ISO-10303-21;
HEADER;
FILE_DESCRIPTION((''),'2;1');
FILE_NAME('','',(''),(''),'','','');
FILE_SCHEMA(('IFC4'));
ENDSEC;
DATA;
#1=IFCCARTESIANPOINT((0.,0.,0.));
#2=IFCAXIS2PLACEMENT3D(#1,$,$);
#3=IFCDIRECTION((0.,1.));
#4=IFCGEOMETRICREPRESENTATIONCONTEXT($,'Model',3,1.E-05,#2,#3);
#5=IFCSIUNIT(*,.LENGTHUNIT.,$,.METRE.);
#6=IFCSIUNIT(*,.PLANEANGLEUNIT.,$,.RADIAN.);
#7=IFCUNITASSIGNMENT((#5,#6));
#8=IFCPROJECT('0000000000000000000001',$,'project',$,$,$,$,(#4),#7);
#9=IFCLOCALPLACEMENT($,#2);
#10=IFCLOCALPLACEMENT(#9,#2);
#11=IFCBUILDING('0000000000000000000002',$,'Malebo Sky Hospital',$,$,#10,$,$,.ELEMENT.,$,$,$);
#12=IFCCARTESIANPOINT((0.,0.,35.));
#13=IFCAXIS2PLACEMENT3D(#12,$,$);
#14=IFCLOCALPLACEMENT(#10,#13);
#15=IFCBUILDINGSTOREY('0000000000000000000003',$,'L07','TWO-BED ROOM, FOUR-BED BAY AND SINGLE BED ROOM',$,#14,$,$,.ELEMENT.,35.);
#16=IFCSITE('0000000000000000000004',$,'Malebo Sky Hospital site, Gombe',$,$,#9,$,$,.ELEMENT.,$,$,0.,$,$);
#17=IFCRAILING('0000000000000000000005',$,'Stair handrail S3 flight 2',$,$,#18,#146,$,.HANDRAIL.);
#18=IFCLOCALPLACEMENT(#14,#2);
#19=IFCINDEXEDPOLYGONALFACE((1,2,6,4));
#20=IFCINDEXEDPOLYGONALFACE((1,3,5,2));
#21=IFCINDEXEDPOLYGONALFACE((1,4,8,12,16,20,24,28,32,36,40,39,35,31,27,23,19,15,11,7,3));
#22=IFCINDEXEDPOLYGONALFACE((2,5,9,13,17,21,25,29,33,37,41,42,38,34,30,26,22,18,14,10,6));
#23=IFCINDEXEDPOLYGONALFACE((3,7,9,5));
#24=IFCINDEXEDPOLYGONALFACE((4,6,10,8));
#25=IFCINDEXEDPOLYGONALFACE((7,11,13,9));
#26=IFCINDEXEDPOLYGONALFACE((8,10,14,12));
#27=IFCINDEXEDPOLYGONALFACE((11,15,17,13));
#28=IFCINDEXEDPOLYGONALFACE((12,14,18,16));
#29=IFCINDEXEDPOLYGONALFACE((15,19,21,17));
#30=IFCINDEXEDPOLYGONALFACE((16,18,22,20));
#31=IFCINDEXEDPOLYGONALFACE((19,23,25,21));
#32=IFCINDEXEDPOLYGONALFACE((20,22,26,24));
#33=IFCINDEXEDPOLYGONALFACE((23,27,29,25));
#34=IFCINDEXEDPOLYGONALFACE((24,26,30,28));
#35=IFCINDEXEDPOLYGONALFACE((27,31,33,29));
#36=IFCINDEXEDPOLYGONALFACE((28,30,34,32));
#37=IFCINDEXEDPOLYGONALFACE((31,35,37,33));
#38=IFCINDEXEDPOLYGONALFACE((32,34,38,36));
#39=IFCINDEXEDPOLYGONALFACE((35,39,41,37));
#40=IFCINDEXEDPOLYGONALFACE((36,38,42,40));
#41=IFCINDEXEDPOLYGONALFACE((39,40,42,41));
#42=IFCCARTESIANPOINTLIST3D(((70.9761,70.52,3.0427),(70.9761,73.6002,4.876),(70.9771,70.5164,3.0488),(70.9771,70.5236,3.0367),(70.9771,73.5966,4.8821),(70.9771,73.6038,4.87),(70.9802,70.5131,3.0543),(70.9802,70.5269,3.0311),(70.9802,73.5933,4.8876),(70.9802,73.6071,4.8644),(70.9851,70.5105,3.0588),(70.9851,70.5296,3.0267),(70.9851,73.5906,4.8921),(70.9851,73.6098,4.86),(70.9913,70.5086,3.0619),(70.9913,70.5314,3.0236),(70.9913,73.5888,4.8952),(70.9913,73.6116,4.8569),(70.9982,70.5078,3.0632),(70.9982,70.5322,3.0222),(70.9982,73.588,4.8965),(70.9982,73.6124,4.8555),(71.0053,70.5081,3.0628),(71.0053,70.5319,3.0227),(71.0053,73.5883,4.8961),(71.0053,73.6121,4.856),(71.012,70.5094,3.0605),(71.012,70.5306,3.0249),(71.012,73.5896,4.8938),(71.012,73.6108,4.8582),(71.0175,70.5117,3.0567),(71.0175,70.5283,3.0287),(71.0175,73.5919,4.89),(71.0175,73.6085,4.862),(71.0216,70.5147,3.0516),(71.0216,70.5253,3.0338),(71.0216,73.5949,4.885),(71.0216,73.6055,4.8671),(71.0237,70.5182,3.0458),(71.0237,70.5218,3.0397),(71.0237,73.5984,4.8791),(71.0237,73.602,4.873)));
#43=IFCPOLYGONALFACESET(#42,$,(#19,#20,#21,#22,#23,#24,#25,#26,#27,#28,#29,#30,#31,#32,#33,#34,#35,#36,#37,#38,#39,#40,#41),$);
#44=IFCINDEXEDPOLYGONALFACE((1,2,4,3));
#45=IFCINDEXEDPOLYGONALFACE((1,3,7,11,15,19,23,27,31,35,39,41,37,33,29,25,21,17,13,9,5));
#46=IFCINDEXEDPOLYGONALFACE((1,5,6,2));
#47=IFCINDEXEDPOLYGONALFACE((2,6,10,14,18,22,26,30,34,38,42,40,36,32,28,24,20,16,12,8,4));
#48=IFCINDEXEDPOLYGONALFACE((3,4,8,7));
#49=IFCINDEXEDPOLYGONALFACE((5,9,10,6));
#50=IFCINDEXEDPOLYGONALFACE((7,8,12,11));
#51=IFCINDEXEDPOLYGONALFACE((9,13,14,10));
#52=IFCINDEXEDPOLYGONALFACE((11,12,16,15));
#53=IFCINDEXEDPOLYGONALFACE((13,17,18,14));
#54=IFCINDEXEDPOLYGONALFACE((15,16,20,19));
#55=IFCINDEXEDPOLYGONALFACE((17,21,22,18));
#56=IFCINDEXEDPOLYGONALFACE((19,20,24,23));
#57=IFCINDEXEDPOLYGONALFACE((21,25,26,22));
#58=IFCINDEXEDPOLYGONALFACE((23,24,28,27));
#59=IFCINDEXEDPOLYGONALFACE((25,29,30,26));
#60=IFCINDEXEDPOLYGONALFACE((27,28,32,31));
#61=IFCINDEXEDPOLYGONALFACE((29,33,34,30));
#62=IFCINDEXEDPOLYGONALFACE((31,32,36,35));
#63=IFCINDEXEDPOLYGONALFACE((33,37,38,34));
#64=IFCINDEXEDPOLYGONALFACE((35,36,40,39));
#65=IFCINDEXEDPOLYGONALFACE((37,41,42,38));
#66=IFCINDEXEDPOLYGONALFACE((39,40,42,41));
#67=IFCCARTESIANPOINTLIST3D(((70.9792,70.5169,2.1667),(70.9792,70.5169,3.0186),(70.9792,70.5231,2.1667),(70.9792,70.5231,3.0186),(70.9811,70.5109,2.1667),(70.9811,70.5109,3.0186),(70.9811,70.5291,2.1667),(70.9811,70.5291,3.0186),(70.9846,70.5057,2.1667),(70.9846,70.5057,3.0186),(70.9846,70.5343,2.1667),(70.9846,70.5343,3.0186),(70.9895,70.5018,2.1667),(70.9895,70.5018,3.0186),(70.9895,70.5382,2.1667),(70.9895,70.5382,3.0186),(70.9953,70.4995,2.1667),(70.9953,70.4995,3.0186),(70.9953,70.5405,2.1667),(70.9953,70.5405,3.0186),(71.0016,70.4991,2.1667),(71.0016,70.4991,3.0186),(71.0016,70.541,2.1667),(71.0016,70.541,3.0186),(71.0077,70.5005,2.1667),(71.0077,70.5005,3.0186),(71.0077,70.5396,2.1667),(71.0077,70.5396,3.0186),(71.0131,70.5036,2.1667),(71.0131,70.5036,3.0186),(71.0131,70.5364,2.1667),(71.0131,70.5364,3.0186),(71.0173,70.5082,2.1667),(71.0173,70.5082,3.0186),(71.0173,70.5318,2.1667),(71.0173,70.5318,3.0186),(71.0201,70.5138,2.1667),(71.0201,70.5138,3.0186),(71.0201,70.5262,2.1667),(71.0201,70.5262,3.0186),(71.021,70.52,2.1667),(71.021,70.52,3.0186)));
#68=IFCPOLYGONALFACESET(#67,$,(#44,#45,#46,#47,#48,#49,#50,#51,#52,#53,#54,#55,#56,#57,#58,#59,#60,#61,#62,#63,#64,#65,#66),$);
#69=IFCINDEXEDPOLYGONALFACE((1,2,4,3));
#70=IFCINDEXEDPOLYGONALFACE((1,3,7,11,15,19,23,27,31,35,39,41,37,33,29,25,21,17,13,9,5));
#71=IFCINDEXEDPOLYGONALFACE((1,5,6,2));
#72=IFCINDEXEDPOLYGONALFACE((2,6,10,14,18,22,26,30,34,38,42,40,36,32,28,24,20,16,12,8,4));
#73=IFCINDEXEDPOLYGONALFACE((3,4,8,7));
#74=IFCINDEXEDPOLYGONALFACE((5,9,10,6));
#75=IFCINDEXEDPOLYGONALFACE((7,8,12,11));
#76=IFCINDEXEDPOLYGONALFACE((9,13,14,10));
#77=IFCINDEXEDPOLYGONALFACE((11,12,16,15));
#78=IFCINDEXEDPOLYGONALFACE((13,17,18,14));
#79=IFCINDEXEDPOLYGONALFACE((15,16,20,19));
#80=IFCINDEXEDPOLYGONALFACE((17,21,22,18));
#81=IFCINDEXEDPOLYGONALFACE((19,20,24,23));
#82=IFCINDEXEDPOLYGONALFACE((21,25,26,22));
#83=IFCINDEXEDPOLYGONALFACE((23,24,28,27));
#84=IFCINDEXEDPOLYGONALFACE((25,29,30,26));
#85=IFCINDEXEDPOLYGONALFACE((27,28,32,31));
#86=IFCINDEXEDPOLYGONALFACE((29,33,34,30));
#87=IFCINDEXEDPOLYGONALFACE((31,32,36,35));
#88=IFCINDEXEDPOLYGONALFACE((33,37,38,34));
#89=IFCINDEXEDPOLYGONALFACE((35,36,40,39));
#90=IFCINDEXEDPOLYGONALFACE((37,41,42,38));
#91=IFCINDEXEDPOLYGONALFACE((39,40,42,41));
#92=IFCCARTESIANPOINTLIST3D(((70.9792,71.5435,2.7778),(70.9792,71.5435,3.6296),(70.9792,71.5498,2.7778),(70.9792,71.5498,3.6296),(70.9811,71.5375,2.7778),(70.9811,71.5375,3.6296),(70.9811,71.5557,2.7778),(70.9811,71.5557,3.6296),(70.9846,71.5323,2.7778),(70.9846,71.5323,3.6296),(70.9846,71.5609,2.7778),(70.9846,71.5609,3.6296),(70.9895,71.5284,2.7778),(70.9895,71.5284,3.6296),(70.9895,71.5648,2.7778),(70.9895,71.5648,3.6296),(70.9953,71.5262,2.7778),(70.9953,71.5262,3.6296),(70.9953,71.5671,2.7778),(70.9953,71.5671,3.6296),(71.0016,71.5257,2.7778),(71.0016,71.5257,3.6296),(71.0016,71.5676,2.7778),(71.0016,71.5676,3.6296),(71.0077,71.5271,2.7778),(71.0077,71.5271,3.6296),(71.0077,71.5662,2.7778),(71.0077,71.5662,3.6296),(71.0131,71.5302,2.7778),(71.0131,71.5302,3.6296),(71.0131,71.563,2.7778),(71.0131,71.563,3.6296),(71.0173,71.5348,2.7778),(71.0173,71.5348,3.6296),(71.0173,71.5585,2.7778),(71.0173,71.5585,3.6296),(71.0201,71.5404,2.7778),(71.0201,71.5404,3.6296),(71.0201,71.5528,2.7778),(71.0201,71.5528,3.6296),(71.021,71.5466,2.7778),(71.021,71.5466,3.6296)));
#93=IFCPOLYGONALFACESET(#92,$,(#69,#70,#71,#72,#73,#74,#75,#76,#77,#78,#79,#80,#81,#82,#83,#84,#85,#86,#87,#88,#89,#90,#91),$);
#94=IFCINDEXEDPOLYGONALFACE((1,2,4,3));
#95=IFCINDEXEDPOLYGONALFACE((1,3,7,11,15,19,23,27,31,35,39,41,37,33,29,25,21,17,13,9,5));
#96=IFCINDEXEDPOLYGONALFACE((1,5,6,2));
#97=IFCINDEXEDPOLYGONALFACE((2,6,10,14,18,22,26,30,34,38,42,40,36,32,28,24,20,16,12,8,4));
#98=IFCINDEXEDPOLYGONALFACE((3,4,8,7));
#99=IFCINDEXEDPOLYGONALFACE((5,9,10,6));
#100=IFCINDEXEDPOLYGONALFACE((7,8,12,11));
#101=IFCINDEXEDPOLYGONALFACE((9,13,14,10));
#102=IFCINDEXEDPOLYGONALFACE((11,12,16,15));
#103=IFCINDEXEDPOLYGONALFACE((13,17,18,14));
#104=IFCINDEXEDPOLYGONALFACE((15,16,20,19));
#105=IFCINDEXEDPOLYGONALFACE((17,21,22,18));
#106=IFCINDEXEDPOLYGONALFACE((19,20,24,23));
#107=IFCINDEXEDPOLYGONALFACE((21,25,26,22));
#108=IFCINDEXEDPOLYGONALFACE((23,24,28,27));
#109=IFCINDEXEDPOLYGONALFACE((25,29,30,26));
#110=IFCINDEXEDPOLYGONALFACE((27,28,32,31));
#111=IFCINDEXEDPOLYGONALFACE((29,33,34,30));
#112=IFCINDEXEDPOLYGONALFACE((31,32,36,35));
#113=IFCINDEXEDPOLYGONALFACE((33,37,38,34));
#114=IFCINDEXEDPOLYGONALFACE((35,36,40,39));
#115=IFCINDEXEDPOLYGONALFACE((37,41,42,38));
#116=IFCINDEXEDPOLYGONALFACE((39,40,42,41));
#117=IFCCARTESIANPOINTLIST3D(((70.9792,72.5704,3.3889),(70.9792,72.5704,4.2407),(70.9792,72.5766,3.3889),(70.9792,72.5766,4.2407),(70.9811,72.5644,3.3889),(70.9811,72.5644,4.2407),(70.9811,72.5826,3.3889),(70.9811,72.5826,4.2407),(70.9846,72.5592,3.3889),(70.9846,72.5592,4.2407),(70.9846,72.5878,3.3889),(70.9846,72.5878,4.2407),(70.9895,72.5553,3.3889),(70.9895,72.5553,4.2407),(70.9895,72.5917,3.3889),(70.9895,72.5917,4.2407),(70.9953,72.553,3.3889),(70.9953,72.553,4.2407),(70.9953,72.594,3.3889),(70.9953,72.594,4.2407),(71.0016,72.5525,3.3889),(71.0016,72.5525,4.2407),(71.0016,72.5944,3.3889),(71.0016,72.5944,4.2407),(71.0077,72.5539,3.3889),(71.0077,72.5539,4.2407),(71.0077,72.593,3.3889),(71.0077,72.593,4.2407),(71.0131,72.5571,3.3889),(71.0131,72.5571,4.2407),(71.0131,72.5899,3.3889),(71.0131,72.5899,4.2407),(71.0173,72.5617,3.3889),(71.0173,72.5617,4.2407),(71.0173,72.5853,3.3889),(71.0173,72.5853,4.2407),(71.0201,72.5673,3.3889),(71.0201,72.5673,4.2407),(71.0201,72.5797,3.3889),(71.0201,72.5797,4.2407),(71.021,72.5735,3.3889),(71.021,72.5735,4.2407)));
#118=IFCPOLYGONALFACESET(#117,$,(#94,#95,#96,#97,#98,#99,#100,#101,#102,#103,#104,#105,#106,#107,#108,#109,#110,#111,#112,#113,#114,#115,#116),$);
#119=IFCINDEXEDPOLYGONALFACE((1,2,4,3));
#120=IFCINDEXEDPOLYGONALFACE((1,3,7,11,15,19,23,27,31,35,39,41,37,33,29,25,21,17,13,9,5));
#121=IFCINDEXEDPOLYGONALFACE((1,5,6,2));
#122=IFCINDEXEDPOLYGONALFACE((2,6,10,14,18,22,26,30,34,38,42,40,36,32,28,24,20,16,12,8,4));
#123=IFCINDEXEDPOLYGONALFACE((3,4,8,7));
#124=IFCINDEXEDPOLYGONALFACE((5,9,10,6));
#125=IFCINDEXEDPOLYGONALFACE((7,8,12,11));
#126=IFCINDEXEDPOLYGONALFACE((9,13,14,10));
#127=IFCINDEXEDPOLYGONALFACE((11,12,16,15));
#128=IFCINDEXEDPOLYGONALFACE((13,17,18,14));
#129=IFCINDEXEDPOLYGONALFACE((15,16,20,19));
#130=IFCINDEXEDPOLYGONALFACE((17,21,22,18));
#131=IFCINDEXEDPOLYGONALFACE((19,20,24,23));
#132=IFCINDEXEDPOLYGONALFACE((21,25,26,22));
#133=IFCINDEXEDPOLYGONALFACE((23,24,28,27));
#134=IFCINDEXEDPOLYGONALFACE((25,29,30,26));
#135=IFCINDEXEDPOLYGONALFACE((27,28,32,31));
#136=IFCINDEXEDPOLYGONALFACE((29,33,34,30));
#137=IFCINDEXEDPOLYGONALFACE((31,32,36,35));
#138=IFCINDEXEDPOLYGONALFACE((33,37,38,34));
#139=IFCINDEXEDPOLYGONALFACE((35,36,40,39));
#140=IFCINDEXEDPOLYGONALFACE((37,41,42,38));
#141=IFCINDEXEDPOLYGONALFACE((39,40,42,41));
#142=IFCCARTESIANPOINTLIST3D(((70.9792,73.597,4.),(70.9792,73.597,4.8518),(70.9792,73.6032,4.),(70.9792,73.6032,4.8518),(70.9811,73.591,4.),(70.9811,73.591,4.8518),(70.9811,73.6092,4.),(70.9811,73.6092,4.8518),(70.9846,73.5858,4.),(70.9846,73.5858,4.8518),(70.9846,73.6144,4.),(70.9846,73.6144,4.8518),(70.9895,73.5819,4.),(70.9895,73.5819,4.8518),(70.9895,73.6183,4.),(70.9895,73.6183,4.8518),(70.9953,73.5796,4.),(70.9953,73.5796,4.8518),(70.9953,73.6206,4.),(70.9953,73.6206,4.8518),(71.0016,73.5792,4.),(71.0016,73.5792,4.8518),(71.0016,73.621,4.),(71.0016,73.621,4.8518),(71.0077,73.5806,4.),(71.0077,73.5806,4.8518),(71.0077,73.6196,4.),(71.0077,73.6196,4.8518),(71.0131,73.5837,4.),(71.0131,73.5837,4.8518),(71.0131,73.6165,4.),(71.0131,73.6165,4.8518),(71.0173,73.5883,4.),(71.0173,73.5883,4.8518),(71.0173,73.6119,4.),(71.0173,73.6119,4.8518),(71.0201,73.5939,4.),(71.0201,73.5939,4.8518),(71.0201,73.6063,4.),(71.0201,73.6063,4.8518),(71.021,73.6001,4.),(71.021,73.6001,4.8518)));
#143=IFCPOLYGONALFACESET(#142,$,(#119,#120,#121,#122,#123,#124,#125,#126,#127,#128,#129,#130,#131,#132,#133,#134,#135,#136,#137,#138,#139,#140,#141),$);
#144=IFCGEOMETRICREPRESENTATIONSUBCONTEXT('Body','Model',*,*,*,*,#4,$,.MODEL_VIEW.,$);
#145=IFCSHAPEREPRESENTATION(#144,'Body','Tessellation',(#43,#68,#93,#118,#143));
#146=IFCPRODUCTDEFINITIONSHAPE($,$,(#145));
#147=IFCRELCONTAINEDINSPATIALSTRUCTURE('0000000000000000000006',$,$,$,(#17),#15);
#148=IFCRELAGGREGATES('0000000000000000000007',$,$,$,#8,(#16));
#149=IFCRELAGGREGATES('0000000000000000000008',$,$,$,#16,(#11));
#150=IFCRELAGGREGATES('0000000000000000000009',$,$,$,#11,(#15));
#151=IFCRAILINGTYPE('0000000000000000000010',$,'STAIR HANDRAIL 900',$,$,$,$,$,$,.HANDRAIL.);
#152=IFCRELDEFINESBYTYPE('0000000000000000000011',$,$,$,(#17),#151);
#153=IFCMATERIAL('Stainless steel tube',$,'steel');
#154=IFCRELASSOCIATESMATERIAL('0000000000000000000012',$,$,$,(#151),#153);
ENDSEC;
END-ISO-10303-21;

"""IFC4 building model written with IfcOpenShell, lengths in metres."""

from ifc_helpers import new_model, si_unit, direction, frame, origin, origin_2d, place, context, subcontext, project, spatial, circle, extrude, material, type_object, element, save


model = new_model("IFC4")

# Units and contexts
model_context = context("Model", 3, precision=1e-05, world=origin(), true_north=direction((0.0, 1.0)))
body_context = subcontext(model_context, "Body", "Model", "MODEL_VIEW")
ifc_project = project(units=[si_unit("LENGTHUNIT", "METRE"), si_unit("PLANEANGLEUNIT", "RADIAN")], contexts=[model_context])

# Site, building, storey
site_placement = place(None, origin())
site = spatial("IfcSite", under=ifc_project, at=site_placement, Name="Malebo Sky Hospital site, Gombe", CompositionType="ELEMENT", RefElevation=0.0)
building_placement = place(site_placement, origin())
building = spatial("IfcBuilding", under=site, at=building_placement, Name="Malebo Sky Hospital", CompositionType="ELEMENT")
storey_placement = place(building_placement, frame((0.0, 0.0, 35.0)))
storey = spatial("IfcBuildingStorey", under=building, at=storey_placement, Name="L07", Description="TWO-BED ROOM, FOUR-BED BAY AND SINGLE BED ROOM", CompositionType="ELEMENT", Elevation=35.0)

# Railing
ifc_material_1 = material(Name="Stainless steel tube", Category="steel")
railing_type = type_object("IfcRailingType", Name="STAIR HANDRAIL 900", PredefinedType="HANDRAIL", material=ifc_material_1)
railing_1_placement = place(storey_placement, frame((71.0, 70.52, 2.1667)))
element("IfcRailing", 1, at=railing_1_placement, inside=storey, type_object=railing_type, Name="Stair handrail S3 flight 2", PredefinedType="HANDRAIL", context=body_context, shape_type="SweptSolid", body=[
    extrude(circle(Radius=0.0239, at=origin_2d()), frame((0.0, 0.0, 0.876), z_axis=(0.0, 0.859309, 0.511458), x_axis=(-1.0, 0.0, 0.0)), (0.0, 0.0, 1.0), 3.5845),
    extrude(circle(Radius=0.021, at=origin_2d()), origin(), (0.0, 0.0, 1.0), 0.8518),
    extrude(circle(Radius=0.021, at=origin_2d()), frame((0.0, 1.0266, 0.6111)), (0.0, 0.0, 1.0), 0.8518),
    extrude(circle(Radius=0.021, at=origin_2d()), frame((0.0, 2.0535, 1.2222)), (0.0, 0.0, 1.0), 0.8518),
    extrude(circle(Radius=0.021, at=origin_2d()), frame((0.0, 3.0801, 1.8333)), (0.0, 0.0, 1.0), 0.8518),
])

save(model, "model.ifc")
